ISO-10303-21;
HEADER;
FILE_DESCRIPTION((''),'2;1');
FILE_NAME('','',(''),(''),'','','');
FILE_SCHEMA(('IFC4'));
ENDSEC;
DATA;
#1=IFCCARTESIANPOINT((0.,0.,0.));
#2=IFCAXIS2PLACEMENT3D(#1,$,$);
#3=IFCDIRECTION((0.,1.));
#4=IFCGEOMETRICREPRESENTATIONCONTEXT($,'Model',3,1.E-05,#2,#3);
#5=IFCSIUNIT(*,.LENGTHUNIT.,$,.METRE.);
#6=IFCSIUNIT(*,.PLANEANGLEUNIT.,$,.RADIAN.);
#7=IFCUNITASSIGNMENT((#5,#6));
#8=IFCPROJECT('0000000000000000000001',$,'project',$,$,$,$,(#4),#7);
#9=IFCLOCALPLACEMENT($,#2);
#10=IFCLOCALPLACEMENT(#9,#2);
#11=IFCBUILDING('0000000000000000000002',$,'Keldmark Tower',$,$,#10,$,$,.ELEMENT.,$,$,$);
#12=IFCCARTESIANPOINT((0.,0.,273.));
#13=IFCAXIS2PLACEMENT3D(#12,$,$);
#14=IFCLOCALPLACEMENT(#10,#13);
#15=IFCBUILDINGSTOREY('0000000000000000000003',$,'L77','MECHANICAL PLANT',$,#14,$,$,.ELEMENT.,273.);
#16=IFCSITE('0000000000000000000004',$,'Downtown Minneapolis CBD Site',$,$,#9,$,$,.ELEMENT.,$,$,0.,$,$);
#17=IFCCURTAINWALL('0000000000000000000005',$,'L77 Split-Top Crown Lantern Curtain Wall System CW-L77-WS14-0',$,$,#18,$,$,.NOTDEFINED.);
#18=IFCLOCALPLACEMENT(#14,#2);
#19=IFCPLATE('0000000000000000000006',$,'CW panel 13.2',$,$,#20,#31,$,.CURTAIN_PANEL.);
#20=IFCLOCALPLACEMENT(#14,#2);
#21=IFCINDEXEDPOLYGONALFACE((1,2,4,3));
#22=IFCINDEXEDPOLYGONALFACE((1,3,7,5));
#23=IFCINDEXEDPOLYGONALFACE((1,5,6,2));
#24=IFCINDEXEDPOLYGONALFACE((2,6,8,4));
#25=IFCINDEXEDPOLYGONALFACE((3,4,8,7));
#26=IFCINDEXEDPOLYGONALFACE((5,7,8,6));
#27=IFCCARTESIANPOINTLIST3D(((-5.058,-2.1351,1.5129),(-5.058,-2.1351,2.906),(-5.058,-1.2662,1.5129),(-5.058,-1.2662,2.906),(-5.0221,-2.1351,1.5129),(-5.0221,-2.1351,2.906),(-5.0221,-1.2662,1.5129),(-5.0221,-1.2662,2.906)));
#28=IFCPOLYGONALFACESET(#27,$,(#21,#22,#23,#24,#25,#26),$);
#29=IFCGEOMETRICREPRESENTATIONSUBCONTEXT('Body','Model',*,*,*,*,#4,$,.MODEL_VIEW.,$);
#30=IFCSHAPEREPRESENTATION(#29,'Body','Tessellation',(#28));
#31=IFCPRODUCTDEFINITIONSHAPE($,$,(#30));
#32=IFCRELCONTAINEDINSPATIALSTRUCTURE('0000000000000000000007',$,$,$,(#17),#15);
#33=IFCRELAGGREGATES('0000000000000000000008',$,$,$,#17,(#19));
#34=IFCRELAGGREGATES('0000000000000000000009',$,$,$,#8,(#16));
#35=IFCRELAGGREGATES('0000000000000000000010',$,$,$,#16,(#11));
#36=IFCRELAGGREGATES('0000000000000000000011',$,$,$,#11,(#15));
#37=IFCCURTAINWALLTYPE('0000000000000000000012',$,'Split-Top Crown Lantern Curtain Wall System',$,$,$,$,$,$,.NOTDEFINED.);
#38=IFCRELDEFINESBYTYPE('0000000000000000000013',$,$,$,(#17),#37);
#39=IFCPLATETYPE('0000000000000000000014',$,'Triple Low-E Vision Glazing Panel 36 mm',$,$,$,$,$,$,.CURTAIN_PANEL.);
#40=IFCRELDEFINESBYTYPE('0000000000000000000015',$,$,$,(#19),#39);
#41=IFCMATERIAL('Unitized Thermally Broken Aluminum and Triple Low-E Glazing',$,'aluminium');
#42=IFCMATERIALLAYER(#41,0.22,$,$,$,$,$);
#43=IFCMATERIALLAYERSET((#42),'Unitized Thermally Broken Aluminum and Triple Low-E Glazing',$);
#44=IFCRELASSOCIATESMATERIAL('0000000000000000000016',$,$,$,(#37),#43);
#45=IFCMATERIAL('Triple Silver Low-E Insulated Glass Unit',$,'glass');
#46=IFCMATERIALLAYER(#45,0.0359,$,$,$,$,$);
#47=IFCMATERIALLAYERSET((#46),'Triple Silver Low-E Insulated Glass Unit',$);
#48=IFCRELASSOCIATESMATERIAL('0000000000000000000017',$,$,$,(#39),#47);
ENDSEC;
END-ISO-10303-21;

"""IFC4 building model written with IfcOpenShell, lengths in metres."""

from ifc_helpers import new_model, si_unit, direction, frame, origin, origin_2d, place, context, subcontext, project, spatial, rectangle, extrude, material, layer, layer_set, type_object, element, aggregate, save


model = new_model("IFC4")

# Units and contexts
model_context = context("Model", 3, precision=1e-05, world=origin(), true_north=direction((0.0, 1.0)))
body_context = subcontext(model_context, "Body", "Model", "MODEL_VIEW")
ifc_project = project(units=[si_unit("LENGTHUNIT", "METRE"), si_unit("PLANEANGLEUNIT", "RADIAN")], contexts=[model_context])

# Site, building, storey
site_placement = place(None, origin())
site = spatial("IfcSite", under=ifc_project, at=site_placement, Name="Downtown Minneapolis CBD Site", CompositionType="ELEMENT", RefElevation=0.0)
building_placement = place(site_placement, origin())
building = spatial("IfcBuilding", under=site, at=building_placement, Name="Keldmark Tower", CompositionType="ELEMENT")
storey_placement = place(building_placement, frame((0.0, 0.0, 273.0)))
storey = spatial("IfcBuildingStorey", under=building, at=storey_placement, Name="L77", Description="MECHANICAL PLANT", CompositionType="ELEMENT", Elevation=273.0)

# Curtain wall, plate
ifc_material_1 = material(Name="Unitized Thermally Broken Aluminum and Triple Low-E Glazing", Category="aluminium")
ifc_layer_1 = layer(ifc_material_1, 0.22)
ifc_layer_set_1 = layer_set([ifc_layer_1], Name="Unitized Thermally Broken Aluminum and Triple Low-E Glazing")
curtain_wall_type = type_object("IfcCurtainWallType", Name="Split-Top Crown Lantern Curtain Wall System", PredefinedType="NOTDEFINED", material=ifc_layer_set_1)
curtain_wall_placement = place(storey_placement, origin())
curtain_wall = element("IfcCurtainWall", 1, at=curtain_wall_placement, inside=storey, type_object=curtain_wall_type, Name="L77 Split-Top Crown Lantern Curtain Wall System CW-L77-WS14-0", PredefinedType="NOTDEFINED")
ifc_material_2 = material(Name="Triple Silver Low-E Insulated Glass Unit", Category="glass")
ifc_layer_2 = layer(ifc_material_2, 0.0359)
ifc_layer_set_2 = layer_set([ifc_layer_2], Name="Triple Silver Low-E Insulated Glass Unit")
plate_type = type_object("IfcPlateType", Name="Triple Low-E Vision Glazing Panel 36 mm", PredefinedType="CURTAIN_PANEL", material=ifc_layer_set_2)
plate_1_placement = place(storey_placement, frame((-5.04, -1.7007, 1.5129), z_axis=(0.0, 0.0, 1.0), x_axis=(0.0, 1.0, 0.0)))
plate_1 = element("IfcPlate", 2, at=plate_1_placement, type_object=plate_type, Name="CW panel 13.2", PredefinedType="CURTAIN_PANEL", context=body_context, shape_type="SweptSolid", body=[
    extrude(rectangle(XDim=0.8689, YDim=0.0359, at=origin_2d()), origin(), (0.0, 0.0, 1.0), 1.3931),
])
aggregate(curtain_wall, [plate_1])

save(model, "model.ifc")
